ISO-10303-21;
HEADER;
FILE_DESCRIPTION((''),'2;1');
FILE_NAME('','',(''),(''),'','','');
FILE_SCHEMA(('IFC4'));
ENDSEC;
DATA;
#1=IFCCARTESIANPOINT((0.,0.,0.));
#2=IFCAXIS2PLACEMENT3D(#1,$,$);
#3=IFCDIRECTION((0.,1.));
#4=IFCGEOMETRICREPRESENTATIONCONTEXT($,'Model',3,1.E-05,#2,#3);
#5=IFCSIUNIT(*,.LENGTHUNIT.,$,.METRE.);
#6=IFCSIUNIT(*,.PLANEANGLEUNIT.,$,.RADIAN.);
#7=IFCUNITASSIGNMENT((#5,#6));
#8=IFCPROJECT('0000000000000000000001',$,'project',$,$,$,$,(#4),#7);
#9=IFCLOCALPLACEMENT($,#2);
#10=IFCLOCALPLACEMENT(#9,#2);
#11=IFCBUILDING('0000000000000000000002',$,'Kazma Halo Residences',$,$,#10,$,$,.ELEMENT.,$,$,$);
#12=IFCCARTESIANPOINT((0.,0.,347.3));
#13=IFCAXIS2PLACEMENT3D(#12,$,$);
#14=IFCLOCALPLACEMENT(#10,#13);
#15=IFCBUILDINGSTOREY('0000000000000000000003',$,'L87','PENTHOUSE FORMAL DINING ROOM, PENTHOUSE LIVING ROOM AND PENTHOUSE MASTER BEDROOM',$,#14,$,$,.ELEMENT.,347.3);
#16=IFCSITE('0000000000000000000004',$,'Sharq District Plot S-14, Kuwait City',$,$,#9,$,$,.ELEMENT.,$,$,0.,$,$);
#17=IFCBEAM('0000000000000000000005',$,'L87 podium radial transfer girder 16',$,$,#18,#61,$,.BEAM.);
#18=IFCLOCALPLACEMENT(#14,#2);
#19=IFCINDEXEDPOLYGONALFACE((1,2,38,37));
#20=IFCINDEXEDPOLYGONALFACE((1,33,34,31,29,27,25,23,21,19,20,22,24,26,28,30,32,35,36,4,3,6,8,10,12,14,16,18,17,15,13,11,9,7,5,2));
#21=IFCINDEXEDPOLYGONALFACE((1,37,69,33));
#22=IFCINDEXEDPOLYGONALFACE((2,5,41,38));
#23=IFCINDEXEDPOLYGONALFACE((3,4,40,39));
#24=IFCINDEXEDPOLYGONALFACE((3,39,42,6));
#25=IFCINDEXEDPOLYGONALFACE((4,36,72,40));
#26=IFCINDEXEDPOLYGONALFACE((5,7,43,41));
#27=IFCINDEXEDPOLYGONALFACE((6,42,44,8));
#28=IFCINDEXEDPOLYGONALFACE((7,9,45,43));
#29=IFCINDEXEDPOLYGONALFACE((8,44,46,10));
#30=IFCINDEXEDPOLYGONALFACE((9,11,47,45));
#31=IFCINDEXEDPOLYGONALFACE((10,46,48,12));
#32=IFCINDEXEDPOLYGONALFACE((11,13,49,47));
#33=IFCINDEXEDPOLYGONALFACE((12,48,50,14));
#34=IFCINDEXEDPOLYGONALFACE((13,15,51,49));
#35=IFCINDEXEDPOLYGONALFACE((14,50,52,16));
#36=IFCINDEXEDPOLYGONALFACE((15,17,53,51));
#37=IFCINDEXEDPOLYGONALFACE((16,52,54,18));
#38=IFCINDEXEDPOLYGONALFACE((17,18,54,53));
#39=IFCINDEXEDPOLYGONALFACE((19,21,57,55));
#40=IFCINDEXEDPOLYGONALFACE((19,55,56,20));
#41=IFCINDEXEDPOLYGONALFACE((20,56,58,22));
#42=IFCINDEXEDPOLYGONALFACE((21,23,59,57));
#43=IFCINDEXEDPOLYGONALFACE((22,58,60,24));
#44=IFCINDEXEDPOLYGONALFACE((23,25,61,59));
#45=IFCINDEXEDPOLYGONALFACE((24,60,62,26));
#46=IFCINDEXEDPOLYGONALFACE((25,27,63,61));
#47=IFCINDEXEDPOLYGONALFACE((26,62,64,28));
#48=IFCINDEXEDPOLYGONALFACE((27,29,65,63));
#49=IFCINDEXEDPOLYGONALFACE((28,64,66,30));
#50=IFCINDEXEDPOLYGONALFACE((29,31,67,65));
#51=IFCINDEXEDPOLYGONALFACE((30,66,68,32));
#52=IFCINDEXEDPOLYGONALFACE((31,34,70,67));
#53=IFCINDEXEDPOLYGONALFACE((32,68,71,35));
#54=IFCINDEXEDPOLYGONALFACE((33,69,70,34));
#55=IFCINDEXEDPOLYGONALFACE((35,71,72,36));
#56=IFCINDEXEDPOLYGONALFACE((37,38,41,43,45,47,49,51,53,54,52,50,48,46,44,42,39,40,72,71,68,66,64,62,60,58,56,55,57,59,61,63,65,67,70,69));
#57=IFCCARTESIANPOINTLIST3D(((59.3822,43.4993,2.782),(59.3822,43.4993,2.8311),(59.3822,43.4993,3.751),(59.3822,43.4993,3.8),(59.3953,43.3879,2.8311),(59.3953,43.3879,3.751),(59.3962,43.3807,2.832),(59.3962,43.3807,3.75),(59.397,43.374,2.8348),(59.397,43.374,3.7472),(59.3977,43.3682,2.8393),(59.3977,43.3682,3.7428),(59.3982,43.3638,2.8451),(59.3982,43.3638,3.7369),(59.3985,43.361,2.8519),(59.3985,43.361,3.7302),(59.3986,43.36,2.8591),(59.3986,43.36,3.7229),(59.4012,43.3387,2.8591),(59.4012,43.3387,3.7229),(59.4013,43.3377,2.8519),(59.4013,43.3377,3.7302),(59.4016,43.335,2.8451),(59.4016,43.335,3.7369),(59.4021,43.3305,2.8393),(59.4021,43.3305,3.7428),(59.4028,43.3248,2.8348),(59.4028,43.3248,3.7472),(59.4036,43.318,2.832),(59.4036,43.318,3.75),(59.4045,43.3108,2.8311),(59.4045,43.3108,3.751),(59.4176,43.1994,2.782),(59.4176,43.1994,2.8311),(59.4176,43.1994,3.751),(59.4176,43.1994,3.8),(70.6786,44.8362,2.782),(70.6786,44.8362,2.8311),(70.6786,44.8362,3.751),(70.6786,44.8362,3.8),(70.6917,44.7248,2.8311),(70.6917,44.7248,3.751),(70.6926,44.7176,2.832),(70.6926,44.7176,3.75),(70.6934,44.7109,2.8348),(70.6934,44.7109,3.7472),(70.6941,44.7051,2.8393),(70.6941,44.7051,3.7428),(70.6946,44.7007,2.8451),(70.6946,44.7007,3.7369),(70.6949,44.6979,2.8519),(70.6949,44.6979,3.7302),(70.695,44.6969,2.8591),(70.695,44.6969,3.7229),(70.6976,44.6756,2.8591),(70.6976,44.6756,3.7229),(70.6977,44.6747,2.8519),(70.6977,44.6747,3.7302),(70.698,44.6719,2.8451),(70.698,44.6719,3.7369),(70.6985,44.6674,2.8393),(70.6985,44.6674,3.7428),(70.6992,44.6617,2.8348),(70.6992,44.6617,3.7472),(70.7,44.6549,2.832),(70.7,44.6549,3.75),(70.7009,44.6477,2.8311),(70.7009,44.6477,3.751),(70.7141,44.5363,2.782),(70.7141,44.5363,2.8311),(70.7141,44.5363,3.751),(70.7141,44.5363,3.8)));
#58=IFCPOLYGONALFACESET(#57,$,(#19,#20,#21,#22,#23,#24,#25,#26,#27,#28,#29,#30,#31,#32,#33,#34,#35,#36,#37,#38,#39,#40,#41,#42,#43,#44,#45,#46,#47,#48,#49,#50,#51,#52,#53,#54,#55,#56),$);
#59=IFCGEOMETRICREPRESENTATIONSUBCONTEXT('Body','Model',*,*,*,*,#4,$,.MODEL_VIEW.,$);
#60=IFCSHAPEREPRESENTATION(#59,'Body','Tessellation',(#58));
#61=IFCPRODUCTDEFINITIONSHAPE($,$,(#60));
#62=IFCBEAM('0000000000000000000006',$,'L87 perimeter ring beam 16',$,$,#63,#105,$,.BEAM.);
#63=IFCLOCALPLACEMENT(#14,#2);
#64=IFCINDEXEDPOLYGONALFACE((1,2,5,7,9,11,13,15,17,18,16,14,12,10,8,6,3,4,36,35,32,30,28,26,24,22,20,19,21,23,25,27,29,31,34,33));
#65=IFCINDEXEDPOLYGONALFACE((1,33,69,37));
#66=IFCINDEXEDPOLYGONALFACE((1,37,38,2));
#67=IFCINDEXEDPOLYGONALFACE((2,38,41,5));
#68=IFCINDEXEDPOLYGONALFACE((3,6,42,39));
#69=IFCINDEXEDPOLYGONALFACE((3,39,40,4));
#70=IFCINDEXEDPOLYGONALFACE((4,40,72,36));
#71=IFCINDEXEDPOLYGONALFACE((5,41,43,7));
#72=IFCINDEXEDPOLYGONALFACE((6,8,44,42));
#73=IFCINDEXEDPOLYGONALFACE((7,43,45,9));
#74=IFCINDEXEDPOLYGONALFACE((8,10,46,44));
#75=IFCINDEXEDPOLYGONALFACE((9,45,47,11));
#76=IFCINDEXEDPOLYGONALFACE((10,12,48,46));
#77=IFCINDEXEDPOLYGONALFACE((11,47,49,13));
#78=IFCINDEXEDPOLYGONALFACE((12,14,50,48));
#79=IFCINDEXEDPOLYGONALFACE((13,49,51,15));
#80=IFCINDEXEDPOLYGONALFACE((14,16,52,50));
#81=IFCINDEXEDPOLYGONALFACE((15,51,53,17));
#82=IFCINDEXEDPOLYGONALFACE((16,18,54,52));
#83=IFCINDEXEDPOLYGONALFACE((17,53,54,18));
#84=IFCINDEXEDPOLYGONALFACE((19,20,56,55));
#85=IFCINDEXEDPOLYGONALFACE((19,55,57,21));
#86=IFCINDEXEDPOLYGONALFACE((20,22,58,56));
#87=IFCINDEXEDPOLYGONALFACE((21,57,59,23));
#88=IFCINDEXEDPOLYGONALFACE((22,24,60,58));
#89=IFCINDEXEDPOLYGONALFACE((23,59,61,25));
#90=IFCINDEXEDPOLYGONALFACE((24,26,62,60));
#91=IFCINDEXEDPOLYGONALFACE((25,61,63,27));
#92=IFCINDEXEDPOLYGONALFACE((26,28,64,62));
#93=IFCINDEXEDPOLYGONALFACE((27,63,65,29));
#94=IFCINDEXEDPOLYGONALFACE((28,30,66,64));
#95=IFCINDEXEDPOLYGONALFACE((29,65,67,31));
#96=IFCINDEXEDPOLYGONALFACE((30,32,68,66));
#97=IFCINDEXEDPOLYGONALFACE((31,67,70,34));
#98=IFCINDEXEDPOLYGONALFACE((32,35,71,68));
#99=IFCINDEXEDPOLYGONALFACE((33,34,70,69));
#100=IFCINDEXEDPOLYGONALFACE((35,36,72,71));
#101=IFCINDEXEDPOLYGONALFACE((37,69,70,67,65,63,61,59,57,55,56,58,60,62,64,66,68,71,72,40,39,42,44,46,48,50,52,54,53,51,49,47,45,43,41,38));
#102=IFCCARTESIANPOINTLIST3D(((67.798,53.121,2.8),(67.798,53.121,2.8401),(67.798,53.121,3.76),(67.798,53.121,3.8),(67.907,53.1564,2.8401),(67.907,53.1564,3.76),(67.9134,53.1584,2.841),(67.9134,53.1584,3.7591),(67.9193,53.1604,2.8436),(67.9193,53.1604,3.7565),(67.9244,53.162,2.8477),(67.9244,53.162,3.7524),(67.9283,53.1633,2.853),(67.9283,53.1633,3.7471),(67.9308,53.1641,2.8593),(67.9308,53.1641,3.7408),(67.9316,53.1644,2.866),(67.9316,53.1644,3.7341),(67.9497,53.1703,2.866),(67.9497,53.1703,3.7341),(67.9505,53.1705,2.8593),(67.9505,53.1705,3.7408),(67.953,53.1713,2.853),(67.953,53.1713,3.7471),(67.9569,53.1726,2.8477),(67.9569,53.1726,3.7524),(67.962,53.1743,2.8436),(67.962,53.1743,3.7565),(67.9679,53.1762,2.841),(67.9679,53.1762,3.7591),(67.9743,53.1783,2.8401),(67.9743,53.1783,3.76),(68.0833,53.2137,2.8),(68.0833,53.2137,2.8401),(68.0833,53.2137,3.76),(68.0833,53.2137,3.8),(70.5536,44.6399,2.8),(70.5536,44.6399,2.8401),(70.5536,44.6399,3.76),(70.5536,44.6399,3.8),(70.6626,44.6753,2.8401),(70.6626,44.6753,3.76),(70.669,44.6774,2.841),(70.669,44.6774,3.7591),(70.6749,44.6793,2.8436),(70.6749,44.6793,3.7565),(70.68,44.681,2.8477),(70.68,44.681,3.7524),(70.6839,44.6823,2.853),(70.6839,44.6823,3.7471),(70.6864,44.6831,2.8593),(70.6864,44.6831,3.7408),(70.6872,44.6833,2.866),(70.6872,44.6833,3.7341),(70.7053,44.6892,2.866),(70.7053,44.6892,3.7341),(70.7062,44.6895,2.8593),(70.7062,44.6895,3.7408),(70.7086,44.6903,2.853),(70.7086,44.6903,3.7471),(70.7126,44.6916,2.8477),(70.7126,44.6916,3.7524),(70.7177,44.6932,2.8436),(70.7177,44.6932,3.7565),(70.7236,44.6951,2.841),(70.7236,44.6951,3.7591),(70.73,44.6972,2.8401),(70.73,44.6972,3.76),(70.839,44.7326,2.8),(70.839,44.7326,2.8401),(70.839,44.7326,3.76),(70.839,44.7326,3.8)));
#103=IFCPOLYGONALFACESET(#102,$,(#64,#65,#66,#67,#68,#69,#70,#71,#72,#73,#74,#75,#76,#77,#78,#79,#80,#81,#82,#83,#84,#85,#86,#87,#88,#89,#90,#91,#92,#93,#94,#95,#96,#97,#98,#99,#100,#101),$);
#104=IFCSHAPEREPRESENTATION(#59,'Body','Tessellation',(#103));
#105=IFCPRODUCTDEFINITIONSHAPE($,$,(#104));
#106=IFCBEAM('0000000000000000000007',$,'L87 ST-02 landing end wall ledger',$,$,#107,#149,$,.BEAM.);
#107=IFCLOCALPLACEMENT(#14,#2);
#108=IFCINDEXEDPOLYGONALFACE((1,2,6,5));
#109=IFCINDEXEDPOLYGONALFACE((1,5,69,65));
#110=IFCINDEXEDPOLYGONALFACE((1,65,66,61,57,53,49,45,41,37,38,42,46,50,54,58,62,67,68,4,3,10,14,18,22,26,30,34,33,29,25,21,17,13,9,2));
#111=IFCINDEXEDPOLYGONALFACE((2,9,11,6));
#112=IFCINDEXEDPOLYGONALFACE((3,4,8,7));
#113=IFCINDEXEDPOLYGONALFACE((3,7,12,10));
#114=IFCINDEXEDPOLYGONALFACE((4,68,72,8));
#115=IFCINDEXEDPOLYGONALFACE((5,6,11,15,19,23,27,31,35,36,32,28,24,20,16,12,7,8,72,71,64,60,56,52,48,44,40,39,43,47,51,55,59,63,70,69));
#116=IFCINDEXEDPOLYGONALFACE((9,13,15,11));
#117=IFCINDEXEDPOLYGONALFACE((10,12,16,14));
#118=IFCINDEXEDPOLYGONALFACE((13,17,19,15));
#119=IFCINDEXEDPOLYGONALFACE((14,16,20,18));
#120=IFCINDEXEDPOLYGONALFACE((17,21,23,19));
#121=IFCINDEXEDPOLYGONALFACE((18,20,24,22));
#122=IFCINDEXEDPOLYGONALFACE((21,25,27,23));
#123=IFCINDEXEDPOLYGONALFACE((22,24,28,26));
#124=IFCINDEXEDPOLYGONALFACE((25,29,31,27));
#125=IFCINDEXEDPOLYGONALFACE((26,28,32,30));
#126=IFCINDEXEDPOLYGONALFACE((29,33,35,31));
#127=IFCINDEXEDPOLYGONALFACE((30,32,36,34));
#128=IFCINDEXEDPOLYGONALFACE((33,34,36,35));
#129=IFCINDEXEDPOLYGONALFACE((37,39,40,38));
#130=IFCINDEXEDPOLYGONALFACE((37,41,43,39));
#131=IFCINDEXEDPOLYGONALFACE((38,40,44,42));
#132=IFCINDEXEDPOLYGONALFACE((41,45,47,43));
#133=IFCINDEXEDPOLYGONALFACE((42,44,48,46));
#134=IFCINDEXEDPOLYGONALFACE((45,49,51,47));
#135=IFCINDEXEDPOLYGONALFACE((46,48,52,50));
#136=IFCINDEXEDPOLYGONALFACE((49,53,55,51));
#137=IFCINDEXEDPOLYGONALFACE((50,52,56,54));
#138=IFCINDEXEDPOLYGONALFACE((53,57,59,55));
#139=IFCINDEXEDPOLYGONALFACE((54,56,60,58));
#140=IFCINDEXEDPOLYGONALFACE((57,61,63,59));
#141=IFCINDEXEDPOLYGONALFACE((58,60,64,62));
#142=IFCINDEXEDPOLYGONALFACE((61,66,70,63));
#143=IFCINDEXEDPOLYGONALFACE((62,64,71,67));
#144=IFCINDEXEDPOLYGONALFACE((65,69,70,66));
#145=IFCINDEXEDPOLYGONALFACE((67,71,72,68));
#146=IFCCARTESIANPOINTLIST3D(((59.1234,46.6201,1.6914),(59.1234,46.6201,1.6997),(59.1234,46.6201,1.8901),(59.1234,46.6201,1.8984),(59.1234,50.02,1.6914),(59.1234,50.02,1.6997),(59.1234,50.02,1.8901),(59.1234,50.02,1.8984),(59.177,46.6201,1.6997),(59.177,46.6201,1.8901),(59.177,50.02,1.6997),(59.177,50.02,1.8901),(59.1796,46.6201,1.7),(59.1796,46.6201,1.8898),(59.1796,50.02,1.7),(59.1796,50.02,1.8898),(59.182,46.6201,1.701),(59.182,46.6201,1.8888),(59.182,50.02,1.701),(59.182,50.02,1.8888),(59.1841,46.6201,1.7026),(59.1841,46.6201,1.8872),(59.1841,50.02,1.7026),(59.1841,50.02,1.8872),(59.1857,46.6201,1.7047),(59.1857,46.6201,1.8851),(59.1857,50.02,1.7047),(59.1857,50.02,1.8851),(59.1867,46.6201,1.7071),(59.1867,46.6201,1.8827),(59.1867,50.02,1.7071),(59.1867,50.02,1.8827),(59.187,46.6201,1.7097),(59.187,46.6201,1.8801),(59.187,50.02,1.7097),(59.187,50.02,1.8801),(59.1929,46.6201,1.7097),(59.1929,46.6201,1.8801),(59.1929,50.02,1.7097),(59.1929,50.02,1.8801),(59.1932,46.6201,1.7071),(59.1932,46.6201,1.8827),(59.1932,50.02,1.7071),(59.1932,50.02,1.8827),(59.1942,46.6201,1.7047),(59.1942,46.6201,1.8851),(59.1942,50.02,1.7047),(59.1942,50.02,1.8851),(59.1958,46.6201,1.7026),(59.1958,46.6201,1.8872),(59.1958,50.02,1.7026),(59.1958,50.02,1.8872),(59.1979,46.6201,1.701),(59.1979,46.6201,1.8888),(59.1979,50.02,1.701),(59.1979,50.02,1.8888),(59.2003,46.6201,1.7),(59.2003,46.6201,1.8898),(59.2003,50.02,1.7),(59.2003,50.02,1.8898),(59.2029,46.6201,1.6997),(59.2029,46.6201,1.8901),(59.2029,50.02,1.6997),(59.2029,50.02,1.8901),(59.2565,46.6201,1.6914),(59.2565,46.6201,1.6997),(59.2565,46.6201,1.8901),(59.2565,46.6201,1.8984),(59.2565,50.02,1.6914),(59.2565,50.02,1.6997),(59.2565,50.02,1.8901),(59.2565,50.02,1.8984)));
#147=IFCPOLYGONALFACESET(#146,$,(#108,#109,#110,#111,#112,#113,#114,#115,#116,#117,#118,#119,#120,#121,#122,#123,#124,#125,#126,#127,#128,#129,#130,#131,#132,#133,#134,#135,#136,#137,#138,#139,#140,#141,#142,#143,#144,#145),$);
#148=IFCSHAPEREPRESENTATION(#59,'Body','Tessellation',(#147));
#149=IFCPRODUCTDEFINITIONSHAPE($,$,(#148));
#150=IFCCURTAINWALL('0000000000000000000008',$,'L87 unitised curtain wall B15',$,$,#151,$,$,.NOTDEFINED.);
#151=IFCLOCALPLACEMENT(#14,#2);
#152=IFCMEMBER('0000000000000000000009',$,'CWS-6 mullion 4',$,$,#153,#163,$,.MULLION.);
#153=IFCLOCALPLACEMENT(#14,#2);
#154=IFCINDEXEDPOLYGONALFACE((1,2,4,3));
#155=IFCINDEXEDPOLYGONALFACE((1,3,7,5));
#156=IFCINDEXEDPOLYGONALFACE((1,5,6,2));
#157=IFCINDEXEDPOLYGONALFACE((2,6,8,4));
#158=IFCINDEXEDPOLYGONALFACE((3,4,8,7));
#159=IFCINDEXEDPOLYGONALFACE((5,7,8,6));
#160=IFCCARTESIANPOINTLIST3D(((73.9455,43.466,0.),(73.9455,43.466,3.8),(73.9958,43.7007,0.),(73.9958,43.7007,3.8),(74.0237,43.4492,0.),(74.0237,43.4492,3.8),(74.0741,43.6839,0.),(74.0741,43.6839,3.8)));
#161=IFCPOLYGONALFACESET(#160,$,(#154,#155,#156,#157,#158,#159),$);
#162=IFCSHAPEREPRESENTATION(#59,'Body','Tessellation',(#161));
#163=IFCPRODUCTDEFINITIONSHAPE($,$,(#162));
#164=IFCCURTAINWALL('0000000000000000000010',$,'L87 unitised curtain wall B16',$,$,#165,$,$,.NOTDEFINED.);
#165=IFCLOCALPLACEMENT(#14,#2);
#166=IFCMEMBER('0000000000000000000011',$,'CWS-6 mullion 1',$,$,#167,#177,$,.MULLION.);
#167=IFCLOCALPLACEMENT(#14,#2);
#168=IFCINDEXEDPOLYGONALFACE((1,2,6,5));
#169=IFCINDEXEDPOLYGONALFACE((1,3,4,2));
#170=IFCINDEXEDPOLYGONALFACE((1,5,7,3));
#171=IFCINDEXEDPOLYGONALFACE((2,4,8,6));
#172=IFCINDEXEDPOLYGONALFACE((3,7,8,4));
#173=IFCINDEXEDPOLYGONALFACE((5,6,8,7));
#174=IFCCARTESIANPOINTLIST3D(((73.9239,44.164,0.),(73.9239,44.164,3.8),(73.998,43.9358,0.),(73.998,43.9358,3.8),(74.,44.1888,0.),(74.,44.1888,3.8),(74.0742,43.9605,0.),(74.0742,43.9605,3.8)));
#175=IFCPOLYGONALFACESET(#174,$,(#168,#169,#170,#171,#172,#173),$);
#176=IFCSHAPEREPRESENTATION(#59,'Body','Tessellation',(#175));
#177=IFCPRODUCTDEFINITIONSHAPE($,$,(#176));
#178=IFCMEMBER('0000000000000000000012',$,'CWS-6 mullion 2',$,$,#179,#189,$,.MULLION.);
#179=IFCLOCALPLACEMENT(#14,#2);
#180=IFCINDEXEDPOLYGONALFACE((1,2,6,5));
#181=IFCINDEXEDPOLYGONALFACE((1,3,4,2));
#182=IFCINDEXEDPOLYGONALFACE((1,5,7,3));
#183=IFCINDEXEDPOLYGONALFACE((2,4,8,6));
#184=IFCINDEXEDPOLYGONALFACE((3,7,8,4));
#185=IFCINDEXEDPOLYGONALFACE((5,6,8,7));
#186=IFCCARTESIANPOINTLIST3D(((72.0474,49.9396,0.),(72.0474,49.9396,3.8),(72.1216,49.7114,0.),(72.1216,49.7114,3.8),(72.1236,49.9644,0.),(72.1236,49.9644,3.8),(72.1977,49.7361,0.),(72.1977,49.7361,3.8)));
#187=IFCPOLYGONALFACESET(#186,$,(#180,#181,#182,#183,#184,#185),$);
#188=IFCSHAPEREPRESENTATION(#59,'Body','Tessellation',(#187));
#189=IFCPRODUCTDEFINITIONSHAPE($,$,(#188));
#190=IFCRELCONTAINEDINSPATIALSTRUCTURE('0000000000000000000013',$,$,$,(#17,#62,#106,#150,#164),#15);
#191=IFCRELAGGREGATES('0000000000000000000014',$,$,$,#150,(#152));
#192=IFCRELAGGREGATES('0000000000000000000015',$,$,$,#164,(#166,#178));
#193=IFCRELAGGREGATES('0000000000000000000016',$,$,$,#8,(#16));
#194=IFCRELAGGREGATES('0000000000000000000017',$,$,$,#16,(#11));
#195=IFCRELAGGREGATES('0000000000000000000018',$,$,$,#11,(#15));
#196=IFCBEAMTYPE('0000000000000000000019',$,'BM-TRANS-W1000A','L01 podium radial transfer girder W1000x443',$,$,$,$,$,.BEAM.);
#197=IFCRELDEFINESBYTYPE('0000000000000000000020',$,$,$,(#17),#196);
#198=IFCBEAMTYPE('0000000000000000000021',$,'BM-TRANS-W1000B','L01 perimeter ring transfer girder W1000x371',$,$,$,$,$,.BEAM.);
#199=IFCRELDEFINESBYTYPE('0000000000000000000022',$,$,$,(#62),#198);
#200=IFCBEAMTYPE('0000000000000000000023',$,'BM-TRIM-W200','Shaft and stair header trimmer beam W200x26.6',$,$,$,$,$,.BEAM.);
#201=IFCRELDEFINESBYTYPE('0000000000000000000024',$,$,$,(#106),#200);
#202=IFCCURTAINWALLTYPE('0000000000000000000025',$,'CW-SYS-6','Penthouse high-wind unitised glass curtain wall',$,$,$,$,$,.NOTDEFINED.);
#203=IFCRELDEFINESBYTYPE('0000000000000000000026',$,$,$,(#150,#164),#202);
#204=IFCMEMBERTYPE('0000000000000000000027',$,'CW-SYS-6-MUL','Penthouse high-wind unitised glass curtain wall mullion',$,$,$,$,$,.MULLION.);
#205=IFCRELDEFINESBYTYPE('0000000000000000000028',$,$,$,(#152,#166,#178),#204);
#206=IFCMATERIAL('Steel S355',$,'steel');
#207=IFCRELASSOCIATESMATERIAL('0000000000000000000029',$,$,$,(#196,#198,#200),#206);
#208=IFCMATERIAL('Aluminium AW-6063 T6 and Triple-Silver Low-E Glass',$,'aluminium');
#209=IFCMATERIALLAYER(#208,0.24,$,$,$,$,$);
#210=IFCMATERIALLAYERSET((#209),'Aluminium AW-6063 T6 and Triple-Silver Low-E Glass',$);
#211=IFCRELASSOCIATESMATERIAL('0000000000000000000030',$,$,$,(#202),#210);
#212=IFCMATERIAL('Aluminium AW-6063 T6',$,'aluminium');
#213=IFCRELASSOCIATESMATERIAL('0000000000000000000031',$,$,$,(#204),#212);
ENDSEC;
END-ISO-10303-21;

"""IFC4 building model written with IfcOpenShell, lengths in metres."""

from ifc_helpers import new_model, si_unit, direction, frame, origin, origin_2d, place, context, subcontext, project, spatial, rectangle, i_section, extrude, material, layer, layer_set, material_profile, profile_set, type_object, element, aggregate, save


model = new_model("IFC4")

# Units and contexts
model_context = context("Model", 3, precision=1e-05, world=origin(), true_north=direction((0.0, 1.0)))
body_context = subcontext(model_context, "Body", "Model", "MODEL_VIEW")
ifc_project = project(units=[si_unit("LENGTHUNIT", "METRE"), si_unit("PLANEANGLEUNIT", "RADIAN")], contexts=[model_context])

# Site, building, storey
site_placement = place(None, origin())
site = spatial("IfcSite", under=ifc_project, at=site_placement, Name="Sharq District Plot S-14, Kuwait City", CompositionType="ELEMENT", RefElevation=0.0)
building_placement = place(site_placement, origin())
building = spatial("IfcBuilding", under=site, at=building_placement, Name="Kazma Halo Residences", CompositionType="ELEMENT")
storey_placement = place(building_placement, frame((0.0, 0.0, 347.3)))
storey = spatial("IfcBuildingStorey", under=building, at=storey_placement, Name="L87", Description="PENTHOUSE FORMAL DINING ROOM, PENTHOUSE LIVING ROOM AND PENTHOUSE MASTER BEDROOM", CompositionType="ELEMENT", Elevation=347.3)

# Beams
ifc_material_1 = material(Name="Steel S355", Category="steel")
ifc_material_profile_1 = material_profile(ifc_material_1, i_section(OverallWidth=0.302, OverallDepth=1.0181, WebThickness=0.0215, FlangeThickness=0.0491, FilletRadius=0.0281, at=origin_2d()), Name="W1000x443")
ifc_profile_set_1 = profile_set([ifc_material_profile_1], Name="Steel S355")
beam_type_1 = type_object("IfcBeamType", Name="BM-TRANS-W1000A", Description="L01 podium radial transfer girder W1000x443", PredefinedType="BEAM", material=ifc_profile_set_1)
beam_1_placement = place(storey_placement, frame((59.3999, 43.3494, 3.291), z_axis=(0.993069, 0.117529, 0.0), x_axis=(-0.117529, 0.993069, 0.0)))
element("IfcBeam", 1, at=beam_1_placement, inside=storey, type_object=beam_type_1, Name="L87 podium radial transfer girder 16", PredefinedType="BEAM", context=body_context, shape_type="SweptSolid", body=[
    extrude(i_section(OverallWidth=0.302, OverallDepth=1.0181, WebThickness=0.0215, FlangeThickness=0.0491, FilletRadius=0.0281, at=origin_2d()), origin(), (0.0, 0.0, 1.0), 11.3752),
])
ifc_material_profile_2 = material_profile(ifc_material_1, i_section(OverallWidth=0.3, OverallDepth=1.0, WebThickness=0.019, FlangeThickness=0.04, FilletRadius=0.0259, at=origin_2d()), Name="W1000x371")
ifc_profile_set_2 = profile_set([ifc_material_profile_2], Name="Steel S355")
beam_type_2 = type_object("IfcBeamType", Name="BM-TRANS-W1000B", Description="L01 perimeter ring transfer girder W1000x371", PredefinedType="BEAM", material=ifc_profile_set_2)
beam_2_placement = place(storey_placement, frame((70.6963, 44.6863, 3.3), z_axis=(-0.309015, 0.951057, 0.0), x_axis=(-0.951057, -0.309015, 0.0)))
element("IfcBeam", 2, at=beam_2_placement, inside=storey, type_object=beam_type_2, Name="L87 perimeter ring beam 16", PredefinedType="BEAM", context=body_context, shape_type="SweptSolid", body=[
    extrude(i_section(OverallWidth=0.3, OverallDepth=1.0, WebThickness=0.019, FlangeThickness=0.04, FilletRadius=0.0259, at=origin_2d()), origin(), (0.0, 0.0, 1.0), 8.9175),
])
ifc_material_profile_3 = material_profile(ifc_material_1, i_section(OverallWidth=0.1331, OverallDepth=0.207, WebThickness=0.0059, FlangeThickness=0.0083, FilletRadius=0.01, at=origin_2d()), Name="W200x26.6")
ifc_profile_set_3 = profile_set([ifc_material_profile_3], Name="Steel S355")
beam_type_3 = type_object("IfcBeamType", Name="BM-TRIM-W200", Description="Shaft and stair header trimmer beam W200x26.6", PredefinedType="BEAM", material=ifc_profile_set_3)
beam_3_placement = place(storey_placement, frame((59.1899, 46.6201, 1.7949), z_axis=(0.0, 1.0, 0.0), x_axis=(-1.0, 0.0, 0.0)))
element("IfcBeam", 3, at=beam_3_placement, inside=storey, type_object=beam_type_3, Name="L87 ST-02 landing end wall ledger", PredefinedType="BEAM", context=body_context, shape_type="SweptSolid", body=[
    extrude(i_section(OverallWidth=0.1331, OverallDepth=0.207, WebThickness=0.0059, FlangeThickness=0.0083, FilletRadius=0.01, at=origin_2d()), origin(), (0.0, 0.0, 1.0), 3.3999),
])

# Curtain wall, member
ifc_material_2 = material(Name="Aluminium AW-6063 T6 and Triple-Silver Low-E Glass", Category="aluminium")
ifc_layer_1 = layer(ifc_material_2, 0.24)
ifc_layer_set_1 = layer_set([ifc_layer_1], Name="Aluminium AW-6063 T6 and Triple-Silver Low-E Glass")
curtain_wall_type = type_object("IfcCurtainWallType", Name="CW-SYS-6", Description="Penthouse high-wind unitised glass curtain wall", PredefinedType="NOTDEFINED", material=ifc_layer_set_1)
curtain_wall_1_placement = place(storey_placement, origin())
curtain_wall_1 = element("IfcCurtainWall", 4, at=curtain_wall_1_placement, inside=storey, type_object=curtain_wall_type, Name="L87 unitised curtain wall B15", PredefinedType="NOTDEFINED")
ifc_material_3 = material(Name="Aluminium AW-6063 T6", Category="aluminium")
ifc_material_profile_4 = material_profile(ifc_material_3, rectangle(XDim=0.0801, YDim=0.24, at=origin_2d()), Name="CWM-80x240")
ifc_profile_set_4 = profile_set([ifc_material_profile_4], Name="Aluminium AW-6063 T6")
member_type_1 = type_object("IfcMemberType", Name="CW-SYS-6-MUL", Description="Penthouse high-wind unitised glass curtain wall mullion", PredefinedType="MULLION", material=ifc_profile_set_4)
member_1_placement = place(storey_placement, frame((74.0098, 43.575, 0.0), z_axis=(0.0, 0.0, 1.0), x_axis=(-0.977761, 0.209723, 0.0)))
member_1 = element("IfcMember", 5, at=member_1_placement, type_object=member_type_1, Name="CWS-6 mullion 4", PredefinedType="MULLION", context=body_context, shape_type="SweptSolid", body=[
    extrude(rectangle(XDim=0.0801, YDim=0.24, at=origin_2d()), origin(), (0.0, 0.0, 1.0), 3.8),
])
aggregate(curtain_wall_1, [member_1])

# Curtain wall, members
curtain_wall_2_placement = place(storey_placement, origin())
curtain_wall_2 = element("IfcCurtainWall", 6, at=curtain_wall_2_placement, inside=storey, type_object=curtain_wall_type, Name="L87 unitised curtain wall B16", PredefinedType="NOTDEFINED")
member_2_placement = place(storey_placement, frame((73.999, 44.0623, 0.0), z_axis=(0.0, 0.0, 1.0), x_axis=(-0.951056, -0.309019, 0.0)))
member_2 = element("IfcMember", 7, at=member_2_placement, type_object=member_type_1, Name="CWS-6 mullion 1", PredefinedType="MULLION", context=body_context, shape_type="SweptSolid", body=[
    extrude(rectangle(XDim=0.0801, YDim=0.24, at=origin_2d()), origin(), (0.0, 0.0, 1.0), 3.8),
])
member_3_placement = place(storey_placement, frame((72.1226, 49.8379, 0.0), z_axis=(0.0, 0.0, 1.0), x_axis=(-0.951056, -0.309019, 0.0)))
member_3 = element("IfcMember", 8, at=member_3_placement, type_object=member_type_1, Name="CWS-6 mullion 2", PredefinedType="MULLION", context=body_context, shape_type="SweptSolid", body=[
    extrude(rectangle(XDim=0.0801, YDim=0.24, at=origin_2d()), origin(), (0.0, 0.0, 1.0), 3.8),
])
aggregate(curtain_wall_2, [member_2, member_3])

save(model, "model.ifc")
